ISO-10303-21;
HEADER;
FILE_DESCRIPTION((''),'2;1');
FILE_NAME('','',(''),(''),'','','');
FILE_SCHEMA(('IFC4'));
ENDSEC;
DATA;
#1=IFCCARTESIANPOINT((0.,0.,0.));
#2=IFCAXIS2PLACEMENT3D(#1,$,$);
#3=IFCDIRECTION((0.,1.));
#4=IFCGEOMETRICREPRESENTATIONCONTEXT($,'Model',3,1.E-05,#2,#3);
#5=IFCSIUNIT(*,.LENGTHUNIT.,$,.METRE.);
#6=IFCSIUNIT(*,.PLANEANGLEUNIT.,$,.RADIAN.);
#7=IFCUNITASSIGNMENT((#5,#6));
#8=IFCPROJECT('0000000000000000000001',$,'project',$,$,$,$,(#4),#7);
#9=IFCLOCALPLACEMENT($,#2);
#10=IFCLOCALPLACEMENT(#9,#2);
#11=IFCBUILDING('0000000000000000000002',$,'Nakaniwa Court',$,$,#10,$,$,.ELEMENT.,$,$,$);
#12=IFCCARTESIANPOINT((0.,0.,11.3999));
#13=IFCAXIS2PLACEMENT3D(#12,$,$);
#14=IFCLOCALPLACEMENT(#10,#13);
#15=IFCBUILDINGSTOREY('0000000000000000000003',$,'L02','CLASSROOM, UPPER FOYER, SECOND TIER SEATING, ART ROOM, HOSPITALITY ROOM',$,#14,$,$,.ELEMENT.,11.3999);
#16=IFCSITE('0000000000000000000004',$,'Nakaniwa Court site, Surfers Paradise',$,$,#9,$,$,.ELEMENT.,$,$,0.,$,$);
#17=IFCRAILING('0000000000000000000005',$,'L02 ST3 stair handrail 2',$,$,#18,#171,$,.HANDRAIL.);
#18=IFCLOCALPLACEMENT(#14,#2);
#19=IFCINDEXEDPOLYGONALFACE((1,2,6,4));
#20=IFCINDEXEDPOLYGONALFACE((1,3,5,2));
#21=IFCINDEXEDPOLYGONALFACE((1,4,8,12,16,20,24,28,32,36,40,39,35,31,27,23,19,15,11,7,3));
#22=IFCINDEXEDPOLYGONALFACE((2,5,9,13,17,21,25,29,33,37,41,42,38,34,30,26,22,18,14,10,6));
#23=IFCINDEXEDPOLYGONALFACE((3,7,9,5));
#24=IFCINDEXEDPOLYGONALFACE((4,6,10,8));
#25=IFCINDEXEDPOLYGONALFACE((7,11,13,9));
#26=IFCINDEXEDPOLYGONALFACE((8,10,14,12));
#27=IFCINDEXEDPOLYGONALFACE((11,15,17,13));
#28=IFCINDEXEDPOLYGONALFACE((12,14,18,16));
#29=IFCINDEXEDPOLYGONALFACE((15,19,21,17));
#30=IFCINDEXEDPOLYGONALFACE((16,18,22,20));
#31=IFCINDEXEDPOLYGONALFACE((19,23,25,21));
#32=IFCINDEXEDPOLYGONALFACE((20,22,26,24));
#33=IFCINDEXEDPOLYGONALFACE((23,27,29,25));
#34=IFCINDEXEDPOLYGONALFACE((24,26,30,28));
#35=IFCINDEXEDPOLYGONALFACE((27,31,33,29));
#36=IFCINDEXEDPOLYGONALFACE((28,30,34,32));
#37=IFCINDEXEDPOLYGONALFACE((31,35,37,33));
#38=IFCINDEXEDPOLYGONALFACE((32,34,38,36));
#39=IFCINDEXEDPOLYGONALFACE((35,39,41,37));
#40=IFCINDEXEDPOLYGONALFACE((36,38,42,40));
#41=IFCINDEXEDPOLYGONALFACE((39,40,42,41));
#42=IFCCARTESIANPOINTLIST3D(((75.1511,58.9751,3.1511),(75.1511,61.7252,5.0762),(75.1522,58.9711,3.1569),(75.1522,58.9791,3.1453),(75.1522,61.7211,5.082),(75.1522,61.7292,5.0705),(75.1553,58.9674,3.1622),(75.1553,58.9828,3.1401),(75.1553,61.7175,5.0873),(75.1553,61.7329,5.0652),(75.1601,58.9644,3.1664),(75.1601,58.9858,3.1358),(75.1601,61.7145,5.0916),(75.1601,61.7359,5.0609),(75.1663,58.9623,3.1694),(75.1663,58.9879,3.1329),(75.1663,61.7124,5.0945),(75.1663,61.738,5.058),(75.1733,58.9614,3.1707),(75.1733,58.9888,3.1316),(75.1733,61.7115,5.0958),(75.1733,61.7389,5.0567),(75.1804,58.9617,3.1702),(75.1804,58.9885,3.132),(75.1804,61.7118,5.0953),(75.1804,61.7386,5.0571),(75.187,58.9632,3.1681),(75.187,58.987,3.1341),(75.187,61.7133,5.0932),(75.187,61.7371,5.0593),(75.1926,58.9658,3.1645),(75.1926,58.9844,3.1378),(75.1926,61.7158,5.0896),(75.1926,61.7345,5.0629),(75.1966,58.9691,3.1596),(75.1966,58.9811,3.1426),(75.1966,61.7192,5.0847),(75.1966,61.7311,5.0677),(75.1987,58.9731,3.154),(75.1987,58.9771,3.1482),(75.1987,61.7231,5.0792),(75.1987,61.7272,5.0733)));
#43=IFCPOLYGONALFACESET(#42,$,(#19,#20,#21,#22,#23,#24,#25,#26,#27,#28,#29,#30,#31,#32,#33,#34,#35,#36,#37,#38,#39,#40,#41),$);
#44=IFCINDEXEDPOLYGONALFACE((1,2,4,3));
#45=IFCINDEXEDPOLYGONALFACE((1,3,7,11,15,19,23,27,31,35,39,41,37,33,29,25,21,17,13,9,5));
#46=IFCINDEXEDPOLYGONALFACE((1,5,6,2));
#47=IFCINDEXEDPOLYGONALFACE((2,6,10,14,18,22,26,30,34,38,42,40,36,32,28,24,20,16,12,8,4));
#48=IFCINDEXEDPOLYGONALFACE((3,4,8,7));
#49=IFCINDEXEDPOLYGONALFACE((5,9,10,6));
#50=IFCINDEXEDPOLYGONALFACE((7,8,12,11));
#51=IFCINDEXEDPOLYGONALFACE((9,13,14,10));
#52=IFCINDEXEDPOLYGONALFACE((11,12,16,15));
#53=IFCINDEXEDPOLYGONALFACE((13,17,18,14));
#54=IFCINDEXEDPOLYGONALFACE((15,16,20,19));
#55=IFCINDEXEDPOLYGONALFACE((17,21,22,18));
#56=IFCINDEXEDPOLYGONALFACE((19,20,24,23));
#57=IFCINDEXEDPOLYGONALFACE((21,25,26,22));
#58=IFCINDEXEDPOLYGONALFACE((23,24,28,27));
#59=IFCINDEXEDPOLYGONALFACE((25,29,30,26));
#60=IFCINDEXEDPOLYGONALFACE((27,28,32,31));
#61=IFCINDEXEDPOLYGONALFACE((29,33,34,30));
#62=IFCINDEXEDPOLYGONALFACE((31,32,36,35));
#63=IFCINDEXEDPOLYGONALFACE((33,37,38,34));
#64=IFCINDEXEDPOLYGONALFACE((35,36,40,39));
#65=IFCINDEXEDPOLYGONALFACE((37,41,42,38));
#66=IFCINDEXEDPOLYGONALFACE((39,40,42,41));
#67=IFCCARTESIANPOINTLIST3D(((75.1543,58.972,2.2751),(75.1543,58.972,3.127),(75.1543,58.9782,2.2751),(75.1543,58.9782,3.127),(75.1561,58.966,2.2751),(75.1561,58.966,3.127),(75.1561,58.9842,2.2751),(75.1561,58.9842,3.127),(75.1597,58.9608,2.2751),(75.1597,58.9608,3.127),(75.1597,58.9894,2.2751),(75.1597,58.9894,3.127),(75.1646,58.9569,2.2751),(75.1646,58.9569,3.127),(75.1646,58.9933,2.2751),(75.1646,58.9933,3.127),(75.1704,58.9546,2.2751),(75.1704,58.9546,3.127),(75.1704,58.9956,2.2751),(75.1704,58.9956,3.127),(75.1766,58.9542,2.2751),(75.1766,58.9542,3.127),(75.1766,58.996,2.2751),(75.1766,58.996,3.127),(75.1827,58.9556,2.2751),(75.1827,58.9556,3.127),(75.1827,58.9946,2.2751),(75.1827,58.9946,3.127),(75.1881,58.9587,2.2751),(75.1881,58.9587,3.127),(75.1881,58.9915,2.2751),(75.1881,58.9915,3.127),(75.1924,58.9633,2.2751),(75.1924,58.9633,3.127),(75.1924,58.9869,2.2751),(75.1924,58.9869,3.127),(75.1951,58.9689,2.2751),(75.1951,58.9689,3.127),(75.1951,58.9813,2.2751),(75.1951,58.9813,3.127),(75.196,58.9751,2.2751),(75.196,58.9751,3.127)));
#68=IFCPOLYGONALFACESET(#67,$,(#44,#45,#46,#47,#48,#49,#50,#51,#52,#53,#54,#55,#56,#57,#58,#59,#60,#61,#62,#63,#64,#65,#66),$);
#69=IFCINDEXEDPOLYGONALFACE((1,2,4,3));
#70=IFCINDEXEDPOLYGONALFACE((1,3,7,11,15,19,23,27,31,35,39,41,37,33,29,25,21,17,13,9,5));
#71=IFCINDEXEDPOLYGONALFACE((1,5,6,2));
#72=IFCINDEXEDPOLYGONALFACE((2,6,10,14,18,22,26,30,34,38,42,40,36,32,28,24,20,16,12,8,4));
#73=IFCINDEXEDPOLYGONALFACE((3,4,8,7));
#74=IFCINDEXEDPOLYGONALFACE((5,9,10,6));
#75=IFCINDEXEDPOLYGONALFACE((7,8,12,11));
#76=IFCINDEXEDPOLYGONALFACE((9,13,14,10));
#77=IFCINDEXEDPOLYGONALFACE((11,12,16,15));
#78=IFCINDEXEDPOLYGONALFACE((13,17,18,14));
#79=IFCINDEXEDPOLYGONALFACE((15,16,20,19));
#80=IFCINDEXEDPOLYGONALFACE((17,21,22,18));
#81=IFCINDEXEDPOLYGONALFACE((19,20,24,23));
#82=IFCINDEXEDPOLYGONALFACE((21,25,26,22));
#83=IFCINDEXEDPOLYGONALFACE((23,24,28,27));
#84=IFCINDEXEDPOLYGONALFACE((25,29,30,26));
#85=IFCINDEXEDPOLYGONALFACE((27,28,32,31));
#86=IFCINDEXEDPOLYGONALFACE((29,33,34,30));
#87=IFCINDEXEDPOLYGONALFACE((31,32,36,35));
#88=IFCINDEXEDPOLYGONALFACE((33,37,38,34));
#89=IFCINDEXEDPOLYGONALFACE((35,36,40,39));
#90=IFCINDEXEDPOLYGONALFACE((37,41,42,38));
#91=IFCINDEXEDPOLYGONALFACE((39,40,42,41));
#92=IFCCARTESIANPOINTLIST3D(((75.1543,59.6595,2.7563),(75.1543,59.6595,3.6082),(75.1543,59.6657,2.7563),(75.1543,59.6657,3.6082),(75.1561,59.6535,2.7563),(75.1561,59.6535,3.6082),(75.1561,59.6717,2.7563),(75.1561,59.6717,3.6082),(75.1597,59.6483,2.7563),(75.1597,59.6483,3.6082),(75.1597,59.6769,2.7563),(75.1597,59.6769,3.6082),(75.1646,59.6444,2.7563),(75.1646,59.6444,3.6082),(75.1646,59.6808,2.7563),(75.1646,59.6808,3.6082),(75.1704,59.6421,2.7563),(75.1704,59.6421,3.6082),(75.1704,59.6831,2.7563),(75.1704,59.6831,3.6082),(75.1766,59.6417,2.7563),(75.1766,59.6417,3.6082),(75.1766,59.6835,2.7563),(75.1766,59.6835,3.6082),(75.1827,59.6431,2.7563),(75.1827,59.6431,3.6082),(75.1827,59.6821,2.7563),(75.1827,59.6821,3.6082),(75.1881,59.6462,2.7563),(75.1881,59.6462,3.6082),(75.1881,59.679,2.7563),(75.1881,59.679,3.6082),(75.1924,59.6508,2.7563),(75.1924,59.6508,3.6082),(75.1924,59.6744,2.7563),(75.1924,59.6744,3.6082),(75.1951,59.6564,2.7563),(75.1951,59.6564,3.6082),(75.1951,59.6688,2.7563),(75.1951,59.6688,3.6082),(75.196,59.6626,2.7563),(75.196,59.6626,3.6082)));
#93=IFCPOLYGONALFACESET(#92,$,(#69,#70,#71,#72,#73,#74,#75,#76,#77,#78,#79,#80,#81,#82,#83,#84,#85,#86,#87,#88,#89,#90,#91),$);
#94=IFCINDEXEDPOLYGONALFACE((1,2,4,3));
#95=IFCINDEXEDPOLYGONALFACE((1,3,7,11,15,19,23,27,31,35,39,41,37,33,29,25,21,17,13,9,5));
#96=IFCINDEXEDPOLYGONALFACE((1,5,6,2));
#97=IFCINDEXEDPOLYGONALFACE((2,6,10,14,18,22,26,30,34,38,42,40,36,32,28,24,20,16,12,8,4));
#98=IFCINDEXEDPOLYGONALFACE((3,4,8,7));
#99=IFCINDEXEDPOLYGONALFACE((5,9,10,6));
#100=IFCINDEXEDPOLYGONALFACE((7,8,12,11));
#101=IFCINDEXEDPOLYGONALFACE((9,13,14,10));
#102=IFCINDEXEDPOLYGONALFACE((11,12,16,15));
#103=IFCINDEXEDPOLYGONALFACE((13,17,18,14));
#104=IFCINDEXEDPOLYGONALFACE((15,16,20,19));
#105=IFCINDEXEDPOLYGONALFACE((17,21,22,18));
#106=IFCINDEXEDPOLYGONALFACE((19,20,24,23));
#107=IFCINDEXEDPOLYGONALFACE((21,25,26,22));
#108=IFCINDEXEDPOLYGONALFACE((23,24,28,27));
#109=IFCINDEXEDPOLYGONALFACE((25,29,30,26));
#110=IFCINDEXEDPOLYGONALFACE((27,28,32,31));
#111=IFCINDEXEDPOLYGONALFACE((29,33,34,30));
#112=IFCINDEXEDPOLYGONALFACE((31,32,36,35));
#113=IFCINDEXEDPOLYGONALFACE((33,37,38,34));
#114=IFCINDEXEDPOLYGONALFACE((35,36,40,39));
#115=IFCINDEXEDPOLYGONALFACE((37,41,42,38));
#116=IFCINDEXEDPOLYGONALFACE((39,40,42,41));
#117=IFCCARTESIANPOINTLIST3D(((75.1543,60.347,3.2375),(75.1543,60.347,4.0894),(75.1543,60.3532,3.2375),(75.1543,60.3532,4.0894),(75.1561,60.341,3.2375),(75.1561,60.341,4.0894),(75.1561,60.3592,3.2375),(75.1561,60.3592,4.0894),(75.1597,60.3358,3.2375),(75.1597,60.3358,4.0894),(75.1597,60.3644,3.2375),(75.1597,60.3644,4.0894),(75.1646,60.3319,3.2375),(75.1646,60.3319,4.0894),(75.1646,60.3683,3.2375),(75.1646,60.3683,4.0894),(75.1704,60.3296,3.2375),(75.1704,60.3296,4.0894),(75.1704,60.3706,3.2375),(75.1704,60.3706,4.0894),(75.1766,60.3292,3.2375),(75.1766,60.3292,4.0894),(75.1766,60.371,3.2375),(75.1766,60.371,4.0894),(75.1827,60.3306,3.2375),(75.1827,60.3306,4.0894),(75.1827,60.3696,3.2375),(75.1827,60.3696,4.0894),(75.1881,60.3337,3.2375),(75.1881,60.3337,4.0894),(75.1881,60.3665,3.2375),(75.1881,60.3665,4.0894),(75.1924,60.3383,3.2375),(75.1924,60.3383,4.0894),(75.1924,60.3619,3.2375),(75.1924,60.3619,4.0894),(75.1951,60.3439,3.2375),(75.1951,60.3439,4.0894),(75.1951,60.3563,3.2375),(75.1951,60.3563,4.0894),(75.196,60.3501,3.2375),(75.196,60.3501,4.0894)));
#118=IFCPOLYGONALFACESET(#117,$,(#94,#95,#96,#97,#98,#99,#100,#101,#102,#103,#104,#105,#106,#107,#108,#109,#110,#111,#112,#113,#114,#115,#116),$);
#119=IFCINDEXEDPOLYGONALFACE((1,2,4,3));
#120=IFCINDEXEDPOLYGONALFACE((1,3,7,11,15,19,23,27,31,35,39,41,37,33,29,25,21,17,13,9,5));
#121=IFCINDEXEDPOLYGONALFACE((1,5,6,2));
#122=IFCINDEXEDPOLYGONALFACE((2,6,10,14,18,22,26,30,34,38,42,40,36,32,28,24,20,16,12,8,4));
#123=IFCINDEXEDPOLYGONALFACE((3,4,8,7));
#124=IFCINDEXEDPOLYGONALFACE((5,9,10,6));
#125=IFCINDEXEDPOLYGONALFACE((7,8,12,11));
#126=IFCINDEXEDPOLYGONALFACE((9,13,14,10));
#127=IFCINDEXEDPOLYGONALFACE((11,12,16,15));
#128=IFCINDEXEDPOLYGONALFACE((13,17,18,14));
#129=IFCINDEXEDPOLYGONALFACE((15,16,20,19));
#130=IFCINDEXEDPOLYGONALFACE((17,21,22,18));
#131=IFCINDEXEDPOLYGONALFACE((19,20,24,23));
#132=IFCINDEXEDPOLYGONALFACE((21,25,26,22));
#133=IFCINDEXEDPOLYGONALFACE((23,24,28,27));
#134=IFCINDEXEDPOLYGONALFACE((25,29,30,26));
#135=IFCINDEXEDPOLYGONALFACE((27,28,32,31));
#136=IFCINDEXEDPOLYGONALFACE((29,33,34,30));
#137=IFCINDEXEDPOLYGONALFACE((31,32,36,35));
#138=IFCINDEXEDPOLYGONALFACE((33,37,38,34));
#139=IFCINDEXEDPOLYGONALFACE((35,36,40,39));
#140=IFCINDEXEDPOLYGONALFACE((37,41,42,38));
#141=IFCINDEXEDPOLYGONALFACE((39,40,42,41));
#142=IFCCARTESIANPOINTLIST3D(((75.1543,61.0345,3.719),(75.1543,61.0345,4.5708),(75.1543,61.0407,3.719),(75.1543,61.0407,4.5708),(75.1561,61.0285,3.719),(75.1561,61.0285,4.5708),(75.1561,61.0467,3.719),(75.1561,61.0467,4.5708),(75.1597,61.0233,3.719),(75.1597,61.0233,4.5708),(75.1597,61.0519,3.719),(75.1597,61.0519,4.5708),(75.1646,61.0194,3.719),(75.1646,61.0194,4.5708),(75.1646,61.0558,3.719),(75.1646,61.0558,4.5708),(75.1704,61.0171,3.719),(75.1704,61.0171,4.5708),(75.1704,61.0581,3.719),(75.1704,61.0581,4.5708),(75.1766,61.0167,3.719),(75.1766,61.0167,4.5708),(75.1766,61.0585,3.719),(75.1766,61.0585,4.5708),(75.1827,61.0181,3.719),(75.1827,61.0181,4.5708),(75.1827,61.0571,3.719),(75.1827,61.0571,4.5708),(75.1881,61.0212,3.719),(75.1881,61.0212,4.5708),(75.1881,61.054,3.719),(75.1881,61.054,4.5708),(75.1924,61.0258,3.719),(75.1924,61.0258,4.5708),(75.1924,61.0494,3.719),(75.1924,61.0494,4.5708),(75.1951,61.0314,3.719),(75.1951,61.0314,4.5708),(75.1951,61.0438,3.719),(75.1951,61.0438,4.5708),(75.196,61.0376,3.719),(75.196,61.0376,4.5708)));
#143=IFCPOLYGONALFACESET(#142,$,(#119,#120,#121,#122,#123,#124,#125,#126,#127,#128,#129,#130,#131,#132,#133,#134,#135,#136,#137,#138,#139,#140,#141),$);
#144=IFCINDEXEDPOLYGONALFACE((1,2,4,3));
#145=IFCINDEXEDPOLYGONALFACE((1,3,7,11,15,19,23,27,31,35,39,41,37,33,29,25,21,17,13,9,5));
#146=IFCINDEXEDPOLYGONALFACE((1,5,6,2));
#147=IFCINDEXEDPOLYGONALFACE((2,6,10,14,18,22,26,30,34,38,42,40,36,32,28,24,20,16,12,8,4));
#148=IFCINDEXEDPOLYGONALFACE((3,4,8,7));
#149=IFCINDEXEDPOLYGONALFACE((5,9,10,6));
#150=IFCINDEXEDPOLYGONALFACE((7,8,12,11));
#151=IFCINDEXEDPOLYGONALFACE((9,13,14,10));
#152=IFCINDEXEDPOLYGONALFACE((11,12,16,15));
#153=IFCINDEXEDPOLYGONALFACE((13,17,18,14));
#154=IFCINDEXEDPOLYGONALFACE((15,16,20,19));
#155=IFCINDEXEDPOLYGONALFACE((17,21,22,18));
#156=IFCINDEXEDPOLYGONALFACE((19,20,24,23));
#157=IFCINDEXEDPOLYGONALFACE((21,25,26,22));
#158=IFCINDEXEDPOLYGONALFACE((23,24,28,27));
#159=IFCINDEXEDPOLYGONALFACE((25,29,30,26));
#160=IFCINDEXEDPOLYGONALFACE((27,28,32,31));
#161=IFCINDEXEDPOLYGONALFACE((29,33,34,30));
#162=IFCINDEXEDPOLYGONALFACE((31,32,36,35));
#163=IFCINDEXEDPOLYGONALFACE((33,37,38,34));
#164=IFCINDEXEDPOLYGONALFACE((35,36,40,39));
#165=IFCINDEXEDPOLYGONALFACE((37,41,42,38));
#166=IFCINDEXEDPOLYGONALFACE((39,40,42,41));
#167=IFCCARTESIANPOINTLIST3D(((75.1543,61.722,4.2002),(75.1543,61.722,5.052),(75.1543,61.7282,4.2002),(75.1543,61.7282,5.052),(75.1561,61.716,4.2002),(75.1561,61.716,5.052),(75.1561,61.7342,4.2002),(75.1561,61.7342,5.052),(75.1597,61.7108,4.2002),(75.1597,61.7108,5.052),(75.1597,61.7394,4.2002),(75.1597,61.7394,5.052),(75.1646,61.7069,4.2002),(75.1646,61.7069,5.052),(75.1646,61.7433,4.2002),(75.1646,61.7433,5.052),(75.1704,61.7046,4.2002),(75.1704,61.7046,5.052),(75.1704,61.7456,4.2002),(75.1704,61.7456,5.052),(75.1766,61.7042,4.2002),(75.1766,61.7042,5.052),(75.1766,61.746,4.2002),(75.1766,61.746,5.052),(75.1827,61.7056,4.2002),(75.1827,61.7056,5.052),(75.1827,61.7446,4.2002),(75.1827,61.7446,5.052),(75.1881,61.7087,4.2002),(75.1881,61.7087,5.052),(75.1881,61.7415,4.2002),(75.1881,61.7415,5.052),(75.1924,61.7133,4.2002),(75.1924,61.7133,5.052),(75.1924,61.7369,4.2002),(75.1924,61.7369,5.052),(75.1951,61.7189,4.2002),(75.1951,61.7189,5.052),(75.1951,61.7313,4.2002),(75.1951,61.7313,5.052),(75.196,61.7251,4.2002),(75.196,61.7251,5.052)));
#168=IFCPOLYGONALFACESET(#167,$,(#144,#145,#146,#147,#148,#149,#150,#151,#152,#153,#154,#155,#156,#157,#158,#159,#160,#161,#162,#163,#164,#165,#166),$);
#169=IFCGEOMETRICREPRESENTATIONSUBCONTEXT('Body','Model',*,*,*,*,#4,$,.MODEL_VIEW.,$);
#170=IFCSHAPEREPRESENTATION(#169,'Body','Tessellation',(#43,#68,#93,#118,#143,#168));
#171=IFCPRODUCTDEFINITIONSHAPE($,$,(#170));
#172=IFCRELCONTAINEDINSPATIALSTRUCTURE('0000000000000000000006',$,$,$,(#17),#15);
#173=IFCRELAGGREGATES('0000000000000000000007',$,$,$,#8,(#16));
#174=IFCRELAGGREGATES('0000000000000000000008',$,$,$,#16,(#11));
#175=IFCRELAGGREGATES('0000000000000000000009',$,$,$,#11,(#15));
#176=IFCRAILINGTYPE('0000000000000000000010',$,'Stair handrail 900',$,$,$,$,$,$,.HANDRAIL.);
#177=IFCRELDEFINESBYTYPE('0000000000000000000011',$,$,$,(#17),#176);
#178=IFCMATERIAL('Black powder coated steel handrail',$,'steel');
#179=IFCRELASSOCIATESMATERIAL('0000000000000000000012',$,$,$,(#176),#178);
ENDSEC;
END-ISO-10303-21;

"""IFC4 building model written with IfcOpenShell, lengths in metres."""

from ifc_helpers import new_model, si_unit, direction, frame, origin, origin_2d, place, context, subcontext, project, spatial, circle, extrude, material, type_object, element, save


model = new_model("IFC4")

# Units and contexts
model_context = context("Model", 3, precision=1e-05, world=origin(), true_north=direction((0.0, 1.0)))
body_context = subcontext(model_context, "Body", "Model", "MODEL_VIEW")
ifc_project = project(units=[si_unit("LENGTHUNIT", "METRE"), si_unit("PLANEANGLEUNIT", "RADIAN")], contexts=[model_context])

# Site, building, storey
site_placement = place(None, origin())
site = spatial("IfcSite", under=ifc_project, at=site_placement, Name="Nakaniwa Court site, Surfers Paradise", CompositionType="ELEMENT", RefElevation=0.0)
building_placement = place(site_placement, origin())
building = spatial("IfcBuilding", under=site, at=building_placement, Name="Nakaniwa Court", CompositionType="ELEMENT")
storey_placement = place(building_placement, frame((0.0, 0.0, 11.3999)))
storey = spatial("IfcBuildingStorey", under=building, at=storey_placement, Name="L02", Description="CLASSROOM, UPPER FOYER, SECOND TIER SEATING, ART ROOM, HOSPITALITY ROOM", CompositionType="ELEMENT", Elevation=11.3999)

# Railing
ifc_material_1 = material(Name="Black powder coated steel handrail", Category="steel")
railing_type_1 = type_object("IfcRailingType", Name="Stair handrail 900", PredefinedType="HANDRAIL", material=ifc_material_1)
for number, where, name in (
    (1, (75.175, 58.9751, 2.2751), "L02 ST3 stair handrail 2"),
):
    element("IfcRailing", number, at=place(storey_placement, frame(where)), inside=storey, type_object=railing_type_1, Name=name, PredefinedType="HANDRAIL", context=body_context, shape_type="SweptSolid", body=[
        extrude(circle(Radius=0.0239, at=origin_2d()), frame((0.0, 0.0, 0.876), z_axis=(0.0, 0.819225, 0.573472), x_axis=(-1.0, 0.0, 0.0)), (0.0, 0.0, 1.0), 3.3569),
        extrude(circle(Radius=0.021, at=origin_2d()), origin(), (0.0, 0.0, 1.0), 0.8518),
        extrude(circle(Radius=0.021, at=origin_2d()), frame((0.0, 0.6875, 0.4812)), (0.0, 0.0, 1.0), 0.8518),
        extrude(circle(Radius=0.021, at=origin_2d()), frame((0.0, 1.375, 0.9624)), (0.0, 0.0, 1.0), 0.8518),
        extrude(circle(Radius=0.021, at=origin_2d()), frame((0.0, 2.0625, 1.4438)), (0.0, 0.0, 1.0), 0.8518),
        extrude(circle(Radius=0.021, at=origin_2d()), frame((0.0, 2.75, 1.925)), (0.0, 0.0, 1.0), 0.8518),
    ])

save(model, "model.ifc")
